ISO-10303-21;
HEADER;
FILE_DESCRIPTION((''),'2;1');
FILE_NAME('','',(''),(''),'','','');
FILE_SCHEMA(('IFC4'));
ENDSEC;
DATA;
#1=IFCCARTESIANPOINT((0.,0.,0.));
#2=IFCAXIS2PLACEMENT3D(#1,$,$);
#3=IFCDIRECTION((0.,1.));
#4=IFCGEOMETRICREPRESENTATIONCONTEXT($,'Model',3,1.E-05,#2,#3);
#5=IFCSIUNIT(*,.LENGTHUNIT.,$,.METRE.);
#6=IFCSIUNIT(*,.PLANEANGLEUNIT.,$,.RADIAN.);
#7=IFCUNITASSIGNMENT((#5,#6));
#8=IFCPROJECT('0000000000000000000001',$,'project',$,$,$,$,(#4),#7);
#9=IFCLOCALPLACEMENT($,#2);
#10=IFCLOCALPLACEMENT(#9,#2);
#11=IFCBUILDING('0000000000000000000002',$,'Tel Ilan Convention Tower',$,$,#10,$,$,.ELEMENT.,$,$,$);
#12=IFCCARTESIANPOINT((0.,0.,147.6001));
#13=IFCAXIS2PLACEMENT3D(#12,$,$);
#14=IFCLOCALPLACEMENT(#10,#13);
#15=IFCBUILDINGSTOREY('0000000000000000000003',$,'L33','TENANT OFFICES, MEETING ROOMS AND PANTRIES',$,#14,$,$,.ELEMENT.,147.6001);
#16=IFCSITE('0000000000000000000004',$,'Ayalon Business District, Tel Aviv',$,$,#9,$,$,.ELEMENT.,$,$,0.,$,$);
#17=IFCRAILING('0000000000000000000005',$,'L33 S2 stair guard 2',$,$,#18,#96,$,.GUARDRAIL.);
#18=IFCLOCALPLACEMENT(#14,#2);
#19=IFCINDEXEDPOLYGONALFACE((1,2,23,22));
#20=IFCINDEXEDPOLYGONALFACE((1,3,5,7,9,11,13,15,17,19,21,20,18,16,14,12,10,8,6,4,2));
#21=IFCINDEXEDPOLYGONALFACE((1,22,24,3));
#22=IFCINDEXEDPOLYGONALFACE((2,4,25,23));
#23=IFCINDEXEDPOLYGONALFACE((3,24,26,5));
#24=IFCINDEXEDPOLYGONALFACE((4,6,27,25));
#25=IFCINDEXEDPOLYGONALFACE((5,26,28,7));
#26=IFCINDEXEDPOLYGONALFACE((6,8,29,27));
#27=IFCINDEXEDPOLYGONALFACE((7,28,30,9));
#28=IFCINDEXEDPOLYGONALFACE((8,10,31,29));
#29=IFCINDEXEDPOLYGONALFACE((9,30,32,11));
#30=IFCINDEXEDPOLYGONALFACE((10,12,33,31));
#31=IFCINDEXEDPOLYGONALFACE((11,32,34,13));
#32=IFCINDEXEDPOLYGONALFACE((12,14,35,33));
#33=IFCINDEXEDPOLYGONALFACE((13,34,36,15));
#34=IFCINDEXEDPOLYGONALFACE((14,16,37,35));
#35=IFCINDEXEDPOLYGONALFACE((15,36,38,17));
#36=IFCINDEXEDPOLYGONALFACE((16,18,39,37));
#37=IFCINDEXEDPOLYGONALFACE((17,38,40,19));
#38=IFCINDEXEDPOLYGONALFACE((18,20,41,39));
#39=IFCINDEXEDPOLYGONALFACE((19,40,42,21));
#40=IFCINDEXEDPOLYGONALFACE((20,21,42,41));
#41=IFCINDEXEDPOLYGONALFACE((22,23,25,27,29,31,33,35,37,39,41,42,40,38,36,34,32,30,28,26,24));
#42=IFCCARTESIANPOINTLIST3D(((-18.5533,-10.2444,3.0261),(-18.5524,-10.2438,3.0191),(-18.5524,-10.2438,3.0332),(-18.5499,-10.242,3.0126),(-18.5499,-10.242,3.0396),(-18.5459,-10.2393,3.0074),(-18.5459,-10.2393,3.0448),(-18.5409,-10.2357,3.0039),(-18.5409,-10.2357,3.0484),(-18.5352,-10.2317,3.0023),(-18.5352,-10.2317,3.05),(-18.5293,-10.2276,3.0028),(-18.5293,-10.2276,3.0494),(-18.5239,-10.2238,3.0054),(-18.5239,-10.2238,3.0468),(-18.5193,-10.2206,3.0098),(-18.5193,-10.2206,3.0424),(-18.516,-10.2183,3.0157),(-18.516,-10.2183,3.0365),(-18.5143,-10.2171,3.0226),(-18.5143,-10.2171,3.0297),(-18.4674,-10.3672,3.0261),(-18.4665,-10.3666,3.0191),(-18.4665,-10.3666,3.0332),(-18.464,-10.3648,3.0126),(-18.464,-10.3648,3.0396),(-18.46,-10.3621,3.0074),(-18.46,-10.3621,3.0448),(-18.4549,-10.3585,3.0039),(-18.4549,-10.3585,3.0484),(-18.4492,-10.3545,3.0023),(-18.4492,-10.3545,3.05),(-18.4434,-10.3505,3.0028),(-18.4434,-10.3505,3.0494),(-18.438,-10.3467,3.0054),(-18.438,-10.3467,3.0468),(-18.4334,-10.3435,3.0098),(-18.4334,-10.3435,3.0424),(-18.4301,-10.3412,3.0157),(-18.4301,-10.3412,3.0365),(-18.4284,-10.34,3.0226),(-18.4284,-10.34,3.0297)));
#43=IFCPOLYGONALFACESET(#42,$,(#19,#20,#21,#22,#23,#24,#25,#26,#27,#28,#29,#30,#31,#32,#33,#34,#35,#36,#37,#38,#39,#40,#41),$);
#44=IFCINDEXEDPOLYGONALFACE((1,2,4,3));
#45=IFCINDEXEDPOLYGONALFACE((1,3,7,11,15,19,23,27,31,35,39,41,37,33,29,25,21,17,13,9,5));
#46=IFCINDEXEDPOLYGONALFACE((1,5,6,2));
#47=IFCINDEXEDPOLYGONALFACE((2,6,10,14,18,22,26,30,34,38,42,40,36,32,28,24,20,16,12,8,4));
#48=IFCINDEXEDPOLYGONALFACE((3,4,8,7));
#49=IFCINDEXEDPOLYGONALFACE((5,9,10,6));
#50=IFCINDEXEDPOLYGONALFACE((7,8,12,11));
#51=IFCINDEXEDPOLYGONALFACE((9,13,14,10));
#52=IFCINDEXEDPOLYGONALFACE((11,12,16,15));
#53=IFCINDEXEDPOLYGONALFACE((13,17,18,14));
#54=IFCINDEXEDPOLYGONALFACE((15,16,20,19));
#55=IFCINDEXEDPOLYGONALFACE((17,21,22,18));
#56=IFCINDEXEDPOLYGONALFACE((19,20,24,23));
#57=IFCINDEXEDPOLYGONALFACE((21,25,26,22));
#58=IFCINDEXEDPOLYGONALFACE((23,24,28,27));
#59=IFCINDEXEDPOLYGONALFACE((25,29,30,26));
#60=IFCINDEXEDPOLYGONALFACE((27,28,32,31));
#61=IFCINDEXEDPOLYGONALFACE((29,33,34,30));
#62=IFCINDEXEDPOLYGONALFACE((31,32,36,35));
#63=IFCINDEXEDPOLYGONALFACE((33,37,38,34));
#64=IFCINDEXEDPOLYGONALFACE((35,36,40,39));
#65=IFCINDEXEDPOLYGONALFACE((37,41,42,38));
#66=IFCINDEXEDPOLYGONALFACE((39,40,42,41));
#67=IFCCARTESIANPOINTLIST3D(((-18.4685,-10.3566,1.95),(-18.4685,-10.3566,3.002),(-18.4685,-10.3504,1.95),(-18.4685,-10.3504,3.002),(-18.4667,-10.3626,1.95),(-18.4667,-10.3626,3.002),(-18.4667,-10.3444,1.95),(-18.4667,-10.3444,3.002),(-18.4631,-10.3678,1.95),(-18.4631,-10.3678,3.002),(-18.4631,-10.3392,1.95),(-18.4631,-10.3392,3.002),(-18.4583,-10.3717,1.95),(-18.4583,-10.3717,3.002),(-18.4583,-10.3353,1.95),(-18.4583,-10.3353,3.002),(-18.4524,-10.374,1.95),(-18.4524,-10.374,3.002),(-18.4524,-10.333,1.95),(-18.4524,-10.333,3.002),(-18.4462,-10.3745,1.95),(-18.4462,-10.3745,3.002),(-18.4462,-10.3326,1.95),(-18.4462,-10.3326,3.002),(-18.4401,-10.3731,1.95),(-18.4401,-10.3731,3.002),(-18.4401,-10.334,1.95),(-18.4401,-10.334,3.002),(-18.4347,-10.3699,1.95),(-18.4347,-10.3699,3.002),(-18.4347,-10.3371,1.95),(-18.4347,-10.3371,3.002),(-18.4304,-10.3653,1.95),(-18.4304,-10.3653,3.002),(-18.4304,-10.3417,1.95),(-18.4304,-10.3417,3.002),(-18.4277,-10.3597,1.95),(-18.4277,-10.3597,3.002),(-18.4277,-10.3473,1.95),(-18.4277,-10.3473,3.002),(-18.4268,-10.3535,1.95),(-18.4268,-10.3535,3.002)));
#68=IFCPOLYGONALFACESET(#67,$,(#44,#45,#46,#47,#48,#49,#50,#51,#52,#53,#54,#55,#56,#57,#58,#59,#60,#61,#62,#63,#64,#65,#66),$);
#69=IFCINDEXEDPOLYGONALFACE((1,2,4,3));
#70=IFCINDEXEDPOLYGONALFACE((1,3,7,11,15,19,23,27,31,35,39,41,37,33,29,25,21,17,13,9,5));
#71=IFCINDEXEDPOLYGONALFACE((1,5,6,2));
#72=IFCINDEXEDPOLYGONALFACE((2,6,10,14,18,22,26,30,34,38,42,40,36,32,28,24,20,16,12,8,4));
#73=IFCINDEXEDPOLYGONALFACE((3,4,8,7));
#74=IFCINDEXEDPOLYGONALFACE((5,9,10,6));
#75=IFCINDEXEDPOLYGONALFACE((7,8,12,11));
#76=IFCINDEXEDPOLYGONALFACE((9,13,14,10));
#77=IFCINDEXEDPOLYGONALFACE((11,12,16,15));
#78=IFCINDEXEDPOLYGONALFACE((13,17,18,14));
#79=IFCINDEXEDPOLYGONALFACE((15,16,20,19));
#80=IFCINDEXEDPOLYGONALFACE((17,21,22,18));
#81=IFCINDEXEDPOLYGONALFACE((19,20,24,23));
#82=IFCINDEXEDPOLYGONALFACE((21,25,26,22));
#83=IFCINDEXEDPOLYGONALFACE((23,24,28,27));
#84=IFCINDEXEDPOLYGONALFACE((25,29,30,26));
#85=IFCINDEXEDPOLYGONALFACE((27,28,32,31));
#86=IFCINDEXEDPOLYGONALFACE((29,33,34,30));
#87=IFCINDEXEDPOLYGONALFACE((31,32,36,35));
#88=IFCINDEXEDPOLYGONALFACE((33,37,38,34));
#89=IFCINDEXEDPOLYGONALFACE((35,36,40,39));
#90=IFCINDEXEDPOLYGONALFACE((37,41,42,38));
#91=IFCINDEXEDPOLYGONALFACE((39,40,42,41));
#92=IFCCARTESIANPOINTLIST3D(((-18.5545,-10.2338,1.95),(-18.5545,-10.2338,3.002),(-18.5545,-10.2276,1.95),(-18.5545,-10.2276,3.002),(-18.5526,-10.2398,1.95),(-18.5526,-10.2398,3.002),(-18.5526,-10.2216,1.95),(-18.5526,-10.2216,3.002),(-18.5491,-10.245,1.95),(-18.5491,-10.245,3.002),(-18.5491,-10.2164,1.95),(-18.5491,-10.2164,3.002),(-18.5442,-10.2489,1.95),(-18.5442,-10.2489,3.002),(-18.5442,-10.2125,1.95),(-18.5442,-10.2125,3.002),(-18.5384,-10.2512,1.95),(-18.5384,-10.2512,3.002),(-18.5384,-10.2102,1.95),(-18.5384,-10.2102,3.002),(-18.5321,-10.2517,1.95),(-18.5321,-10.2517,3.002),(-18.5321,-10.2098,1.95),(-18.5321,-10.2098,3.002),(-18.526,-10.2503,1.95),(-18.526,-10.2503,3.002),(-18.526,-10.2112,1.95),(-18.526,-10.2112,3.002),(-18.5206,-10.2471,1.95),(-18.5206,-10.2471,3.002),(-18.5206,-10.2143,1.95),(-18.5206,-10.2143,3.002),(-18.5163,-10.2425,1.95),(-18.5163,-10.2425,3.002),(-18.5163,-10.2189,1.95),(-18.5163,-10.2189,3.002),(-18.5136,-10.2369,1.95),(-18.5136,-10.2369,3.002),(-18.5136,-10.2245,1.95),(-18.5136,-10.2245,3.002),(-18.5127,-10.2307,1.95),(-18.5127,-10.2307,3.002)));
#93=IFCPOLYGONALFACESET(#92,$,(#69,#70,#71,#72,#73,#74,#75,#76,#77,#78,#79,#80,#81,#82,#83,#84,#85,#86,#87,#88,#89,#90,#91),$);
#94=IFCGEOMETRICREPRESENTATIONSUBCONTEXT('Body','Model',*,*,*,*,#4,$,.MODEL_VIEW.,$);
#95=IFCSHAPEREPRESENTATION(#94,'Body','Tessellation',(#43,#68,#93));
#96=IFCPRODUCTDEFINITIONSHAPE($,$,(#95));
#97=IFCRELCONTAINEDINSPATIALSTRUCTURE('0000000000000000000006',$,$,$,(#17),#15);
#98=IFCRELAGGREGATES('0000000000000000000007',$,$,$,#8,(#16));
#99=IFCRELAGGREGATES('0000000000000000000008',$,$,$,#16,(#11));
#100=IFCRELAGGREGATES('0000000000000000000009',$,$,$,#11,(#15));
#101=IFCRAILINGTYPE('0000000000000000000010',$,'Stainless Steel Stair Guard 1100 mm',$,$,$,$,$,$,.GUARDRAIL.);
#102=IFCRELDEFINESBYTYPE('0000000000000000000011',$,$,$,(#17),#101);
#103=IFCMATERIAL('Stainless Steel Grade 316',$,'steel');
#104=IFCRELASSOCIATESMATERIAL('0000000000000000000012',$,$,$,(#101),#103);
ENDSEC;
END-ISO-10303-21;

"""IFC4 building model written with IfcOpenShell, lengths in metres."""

from ifc_helpers import new_model, si_unit, direction, frame, origin, origin_2d, place, context, subcontext, project, spatial, circle, extrude, material, type_object, element, save


model = new_model("IFC4")

# Units and contexts
model_context = context("Model", 3, precision=1e-05, world=origin(), true_north=direction((0.0, 1.0)))
body_context = subcontext(model_context, "Body", "Model", "MODEL_VIEW")
ifc_project = project(units=[si_unit("LENGTHUNIT", "METRE"), si_unit("PLANEANGLEUNIT", "RADIAN")], contexts=[model_context])

# Site, building, storey
site_placement = place(None, origin())
site = spatial("IfcSite", under=ifc_project, at=site_placement, Name="Ayalon Business District, Tel Aviv", CompositionType="ELEMENT", RefElevation=0.0)
building_placement = place(site_placement, origin())
building = spatial("IfcBuilding", under=site, at=building_placement, Name="Tel Ilan Convention Tower", CompositionType="ELEMENT")
storey_placement = place(building_placement, frame((0.0, 0.0, 147.6001)))
storey = spatial("IfcBuildingStorey", under=building, at=storey_placement, Name="L33", Description="TENANT OFFICES, MEETING ROOMS AND PANTRIES", CompositionType="ELEMENT", Elevation=147.6001)

# Railing
ifc_material_1 = material(Name="Stainless Steel Grade 316", Category="steel")
railing_type_1 = type_object("IfcRailingType", Name="Stainless Steel Stair Guard 1100 mm", PredefinedType="GUARDRAIL", material=ifc_material_1)
railing_1_placement = place(storey_placement, frame((-18.4478, -10.3535, 1.95)))
element("IfcRailing", 1, at=railing_1_placement, inside=storey, type_object=railing_type_1, Name="L33 S2 stair guard 2", PredefinedType="GUARDRAIL", context=body_context, shape_type="SweptSolid", body=[
    extrude(circle(Radius=0.0239, at=origin_2d()), frame((0.0, 0.0, 1.0762), z_axis=(-0.573353, 0.819308, 0.0), x_axis=(-0.819308, -0.573353, 0.0)), (0.0, 0.0, 1.0), 0.1499),
    extrude(circle(Radius=0.021, at=origin_2d()), origin(), (0.0, 0.0, 1.0), 1.052),
    extrude(circle(Radius=0.021, at=origin_2d()), frame((-0.0859, 0.1228, 0.0)), (0.0, 0.0, 1.0), 1.052),
])

save(model, "model.ifc")
